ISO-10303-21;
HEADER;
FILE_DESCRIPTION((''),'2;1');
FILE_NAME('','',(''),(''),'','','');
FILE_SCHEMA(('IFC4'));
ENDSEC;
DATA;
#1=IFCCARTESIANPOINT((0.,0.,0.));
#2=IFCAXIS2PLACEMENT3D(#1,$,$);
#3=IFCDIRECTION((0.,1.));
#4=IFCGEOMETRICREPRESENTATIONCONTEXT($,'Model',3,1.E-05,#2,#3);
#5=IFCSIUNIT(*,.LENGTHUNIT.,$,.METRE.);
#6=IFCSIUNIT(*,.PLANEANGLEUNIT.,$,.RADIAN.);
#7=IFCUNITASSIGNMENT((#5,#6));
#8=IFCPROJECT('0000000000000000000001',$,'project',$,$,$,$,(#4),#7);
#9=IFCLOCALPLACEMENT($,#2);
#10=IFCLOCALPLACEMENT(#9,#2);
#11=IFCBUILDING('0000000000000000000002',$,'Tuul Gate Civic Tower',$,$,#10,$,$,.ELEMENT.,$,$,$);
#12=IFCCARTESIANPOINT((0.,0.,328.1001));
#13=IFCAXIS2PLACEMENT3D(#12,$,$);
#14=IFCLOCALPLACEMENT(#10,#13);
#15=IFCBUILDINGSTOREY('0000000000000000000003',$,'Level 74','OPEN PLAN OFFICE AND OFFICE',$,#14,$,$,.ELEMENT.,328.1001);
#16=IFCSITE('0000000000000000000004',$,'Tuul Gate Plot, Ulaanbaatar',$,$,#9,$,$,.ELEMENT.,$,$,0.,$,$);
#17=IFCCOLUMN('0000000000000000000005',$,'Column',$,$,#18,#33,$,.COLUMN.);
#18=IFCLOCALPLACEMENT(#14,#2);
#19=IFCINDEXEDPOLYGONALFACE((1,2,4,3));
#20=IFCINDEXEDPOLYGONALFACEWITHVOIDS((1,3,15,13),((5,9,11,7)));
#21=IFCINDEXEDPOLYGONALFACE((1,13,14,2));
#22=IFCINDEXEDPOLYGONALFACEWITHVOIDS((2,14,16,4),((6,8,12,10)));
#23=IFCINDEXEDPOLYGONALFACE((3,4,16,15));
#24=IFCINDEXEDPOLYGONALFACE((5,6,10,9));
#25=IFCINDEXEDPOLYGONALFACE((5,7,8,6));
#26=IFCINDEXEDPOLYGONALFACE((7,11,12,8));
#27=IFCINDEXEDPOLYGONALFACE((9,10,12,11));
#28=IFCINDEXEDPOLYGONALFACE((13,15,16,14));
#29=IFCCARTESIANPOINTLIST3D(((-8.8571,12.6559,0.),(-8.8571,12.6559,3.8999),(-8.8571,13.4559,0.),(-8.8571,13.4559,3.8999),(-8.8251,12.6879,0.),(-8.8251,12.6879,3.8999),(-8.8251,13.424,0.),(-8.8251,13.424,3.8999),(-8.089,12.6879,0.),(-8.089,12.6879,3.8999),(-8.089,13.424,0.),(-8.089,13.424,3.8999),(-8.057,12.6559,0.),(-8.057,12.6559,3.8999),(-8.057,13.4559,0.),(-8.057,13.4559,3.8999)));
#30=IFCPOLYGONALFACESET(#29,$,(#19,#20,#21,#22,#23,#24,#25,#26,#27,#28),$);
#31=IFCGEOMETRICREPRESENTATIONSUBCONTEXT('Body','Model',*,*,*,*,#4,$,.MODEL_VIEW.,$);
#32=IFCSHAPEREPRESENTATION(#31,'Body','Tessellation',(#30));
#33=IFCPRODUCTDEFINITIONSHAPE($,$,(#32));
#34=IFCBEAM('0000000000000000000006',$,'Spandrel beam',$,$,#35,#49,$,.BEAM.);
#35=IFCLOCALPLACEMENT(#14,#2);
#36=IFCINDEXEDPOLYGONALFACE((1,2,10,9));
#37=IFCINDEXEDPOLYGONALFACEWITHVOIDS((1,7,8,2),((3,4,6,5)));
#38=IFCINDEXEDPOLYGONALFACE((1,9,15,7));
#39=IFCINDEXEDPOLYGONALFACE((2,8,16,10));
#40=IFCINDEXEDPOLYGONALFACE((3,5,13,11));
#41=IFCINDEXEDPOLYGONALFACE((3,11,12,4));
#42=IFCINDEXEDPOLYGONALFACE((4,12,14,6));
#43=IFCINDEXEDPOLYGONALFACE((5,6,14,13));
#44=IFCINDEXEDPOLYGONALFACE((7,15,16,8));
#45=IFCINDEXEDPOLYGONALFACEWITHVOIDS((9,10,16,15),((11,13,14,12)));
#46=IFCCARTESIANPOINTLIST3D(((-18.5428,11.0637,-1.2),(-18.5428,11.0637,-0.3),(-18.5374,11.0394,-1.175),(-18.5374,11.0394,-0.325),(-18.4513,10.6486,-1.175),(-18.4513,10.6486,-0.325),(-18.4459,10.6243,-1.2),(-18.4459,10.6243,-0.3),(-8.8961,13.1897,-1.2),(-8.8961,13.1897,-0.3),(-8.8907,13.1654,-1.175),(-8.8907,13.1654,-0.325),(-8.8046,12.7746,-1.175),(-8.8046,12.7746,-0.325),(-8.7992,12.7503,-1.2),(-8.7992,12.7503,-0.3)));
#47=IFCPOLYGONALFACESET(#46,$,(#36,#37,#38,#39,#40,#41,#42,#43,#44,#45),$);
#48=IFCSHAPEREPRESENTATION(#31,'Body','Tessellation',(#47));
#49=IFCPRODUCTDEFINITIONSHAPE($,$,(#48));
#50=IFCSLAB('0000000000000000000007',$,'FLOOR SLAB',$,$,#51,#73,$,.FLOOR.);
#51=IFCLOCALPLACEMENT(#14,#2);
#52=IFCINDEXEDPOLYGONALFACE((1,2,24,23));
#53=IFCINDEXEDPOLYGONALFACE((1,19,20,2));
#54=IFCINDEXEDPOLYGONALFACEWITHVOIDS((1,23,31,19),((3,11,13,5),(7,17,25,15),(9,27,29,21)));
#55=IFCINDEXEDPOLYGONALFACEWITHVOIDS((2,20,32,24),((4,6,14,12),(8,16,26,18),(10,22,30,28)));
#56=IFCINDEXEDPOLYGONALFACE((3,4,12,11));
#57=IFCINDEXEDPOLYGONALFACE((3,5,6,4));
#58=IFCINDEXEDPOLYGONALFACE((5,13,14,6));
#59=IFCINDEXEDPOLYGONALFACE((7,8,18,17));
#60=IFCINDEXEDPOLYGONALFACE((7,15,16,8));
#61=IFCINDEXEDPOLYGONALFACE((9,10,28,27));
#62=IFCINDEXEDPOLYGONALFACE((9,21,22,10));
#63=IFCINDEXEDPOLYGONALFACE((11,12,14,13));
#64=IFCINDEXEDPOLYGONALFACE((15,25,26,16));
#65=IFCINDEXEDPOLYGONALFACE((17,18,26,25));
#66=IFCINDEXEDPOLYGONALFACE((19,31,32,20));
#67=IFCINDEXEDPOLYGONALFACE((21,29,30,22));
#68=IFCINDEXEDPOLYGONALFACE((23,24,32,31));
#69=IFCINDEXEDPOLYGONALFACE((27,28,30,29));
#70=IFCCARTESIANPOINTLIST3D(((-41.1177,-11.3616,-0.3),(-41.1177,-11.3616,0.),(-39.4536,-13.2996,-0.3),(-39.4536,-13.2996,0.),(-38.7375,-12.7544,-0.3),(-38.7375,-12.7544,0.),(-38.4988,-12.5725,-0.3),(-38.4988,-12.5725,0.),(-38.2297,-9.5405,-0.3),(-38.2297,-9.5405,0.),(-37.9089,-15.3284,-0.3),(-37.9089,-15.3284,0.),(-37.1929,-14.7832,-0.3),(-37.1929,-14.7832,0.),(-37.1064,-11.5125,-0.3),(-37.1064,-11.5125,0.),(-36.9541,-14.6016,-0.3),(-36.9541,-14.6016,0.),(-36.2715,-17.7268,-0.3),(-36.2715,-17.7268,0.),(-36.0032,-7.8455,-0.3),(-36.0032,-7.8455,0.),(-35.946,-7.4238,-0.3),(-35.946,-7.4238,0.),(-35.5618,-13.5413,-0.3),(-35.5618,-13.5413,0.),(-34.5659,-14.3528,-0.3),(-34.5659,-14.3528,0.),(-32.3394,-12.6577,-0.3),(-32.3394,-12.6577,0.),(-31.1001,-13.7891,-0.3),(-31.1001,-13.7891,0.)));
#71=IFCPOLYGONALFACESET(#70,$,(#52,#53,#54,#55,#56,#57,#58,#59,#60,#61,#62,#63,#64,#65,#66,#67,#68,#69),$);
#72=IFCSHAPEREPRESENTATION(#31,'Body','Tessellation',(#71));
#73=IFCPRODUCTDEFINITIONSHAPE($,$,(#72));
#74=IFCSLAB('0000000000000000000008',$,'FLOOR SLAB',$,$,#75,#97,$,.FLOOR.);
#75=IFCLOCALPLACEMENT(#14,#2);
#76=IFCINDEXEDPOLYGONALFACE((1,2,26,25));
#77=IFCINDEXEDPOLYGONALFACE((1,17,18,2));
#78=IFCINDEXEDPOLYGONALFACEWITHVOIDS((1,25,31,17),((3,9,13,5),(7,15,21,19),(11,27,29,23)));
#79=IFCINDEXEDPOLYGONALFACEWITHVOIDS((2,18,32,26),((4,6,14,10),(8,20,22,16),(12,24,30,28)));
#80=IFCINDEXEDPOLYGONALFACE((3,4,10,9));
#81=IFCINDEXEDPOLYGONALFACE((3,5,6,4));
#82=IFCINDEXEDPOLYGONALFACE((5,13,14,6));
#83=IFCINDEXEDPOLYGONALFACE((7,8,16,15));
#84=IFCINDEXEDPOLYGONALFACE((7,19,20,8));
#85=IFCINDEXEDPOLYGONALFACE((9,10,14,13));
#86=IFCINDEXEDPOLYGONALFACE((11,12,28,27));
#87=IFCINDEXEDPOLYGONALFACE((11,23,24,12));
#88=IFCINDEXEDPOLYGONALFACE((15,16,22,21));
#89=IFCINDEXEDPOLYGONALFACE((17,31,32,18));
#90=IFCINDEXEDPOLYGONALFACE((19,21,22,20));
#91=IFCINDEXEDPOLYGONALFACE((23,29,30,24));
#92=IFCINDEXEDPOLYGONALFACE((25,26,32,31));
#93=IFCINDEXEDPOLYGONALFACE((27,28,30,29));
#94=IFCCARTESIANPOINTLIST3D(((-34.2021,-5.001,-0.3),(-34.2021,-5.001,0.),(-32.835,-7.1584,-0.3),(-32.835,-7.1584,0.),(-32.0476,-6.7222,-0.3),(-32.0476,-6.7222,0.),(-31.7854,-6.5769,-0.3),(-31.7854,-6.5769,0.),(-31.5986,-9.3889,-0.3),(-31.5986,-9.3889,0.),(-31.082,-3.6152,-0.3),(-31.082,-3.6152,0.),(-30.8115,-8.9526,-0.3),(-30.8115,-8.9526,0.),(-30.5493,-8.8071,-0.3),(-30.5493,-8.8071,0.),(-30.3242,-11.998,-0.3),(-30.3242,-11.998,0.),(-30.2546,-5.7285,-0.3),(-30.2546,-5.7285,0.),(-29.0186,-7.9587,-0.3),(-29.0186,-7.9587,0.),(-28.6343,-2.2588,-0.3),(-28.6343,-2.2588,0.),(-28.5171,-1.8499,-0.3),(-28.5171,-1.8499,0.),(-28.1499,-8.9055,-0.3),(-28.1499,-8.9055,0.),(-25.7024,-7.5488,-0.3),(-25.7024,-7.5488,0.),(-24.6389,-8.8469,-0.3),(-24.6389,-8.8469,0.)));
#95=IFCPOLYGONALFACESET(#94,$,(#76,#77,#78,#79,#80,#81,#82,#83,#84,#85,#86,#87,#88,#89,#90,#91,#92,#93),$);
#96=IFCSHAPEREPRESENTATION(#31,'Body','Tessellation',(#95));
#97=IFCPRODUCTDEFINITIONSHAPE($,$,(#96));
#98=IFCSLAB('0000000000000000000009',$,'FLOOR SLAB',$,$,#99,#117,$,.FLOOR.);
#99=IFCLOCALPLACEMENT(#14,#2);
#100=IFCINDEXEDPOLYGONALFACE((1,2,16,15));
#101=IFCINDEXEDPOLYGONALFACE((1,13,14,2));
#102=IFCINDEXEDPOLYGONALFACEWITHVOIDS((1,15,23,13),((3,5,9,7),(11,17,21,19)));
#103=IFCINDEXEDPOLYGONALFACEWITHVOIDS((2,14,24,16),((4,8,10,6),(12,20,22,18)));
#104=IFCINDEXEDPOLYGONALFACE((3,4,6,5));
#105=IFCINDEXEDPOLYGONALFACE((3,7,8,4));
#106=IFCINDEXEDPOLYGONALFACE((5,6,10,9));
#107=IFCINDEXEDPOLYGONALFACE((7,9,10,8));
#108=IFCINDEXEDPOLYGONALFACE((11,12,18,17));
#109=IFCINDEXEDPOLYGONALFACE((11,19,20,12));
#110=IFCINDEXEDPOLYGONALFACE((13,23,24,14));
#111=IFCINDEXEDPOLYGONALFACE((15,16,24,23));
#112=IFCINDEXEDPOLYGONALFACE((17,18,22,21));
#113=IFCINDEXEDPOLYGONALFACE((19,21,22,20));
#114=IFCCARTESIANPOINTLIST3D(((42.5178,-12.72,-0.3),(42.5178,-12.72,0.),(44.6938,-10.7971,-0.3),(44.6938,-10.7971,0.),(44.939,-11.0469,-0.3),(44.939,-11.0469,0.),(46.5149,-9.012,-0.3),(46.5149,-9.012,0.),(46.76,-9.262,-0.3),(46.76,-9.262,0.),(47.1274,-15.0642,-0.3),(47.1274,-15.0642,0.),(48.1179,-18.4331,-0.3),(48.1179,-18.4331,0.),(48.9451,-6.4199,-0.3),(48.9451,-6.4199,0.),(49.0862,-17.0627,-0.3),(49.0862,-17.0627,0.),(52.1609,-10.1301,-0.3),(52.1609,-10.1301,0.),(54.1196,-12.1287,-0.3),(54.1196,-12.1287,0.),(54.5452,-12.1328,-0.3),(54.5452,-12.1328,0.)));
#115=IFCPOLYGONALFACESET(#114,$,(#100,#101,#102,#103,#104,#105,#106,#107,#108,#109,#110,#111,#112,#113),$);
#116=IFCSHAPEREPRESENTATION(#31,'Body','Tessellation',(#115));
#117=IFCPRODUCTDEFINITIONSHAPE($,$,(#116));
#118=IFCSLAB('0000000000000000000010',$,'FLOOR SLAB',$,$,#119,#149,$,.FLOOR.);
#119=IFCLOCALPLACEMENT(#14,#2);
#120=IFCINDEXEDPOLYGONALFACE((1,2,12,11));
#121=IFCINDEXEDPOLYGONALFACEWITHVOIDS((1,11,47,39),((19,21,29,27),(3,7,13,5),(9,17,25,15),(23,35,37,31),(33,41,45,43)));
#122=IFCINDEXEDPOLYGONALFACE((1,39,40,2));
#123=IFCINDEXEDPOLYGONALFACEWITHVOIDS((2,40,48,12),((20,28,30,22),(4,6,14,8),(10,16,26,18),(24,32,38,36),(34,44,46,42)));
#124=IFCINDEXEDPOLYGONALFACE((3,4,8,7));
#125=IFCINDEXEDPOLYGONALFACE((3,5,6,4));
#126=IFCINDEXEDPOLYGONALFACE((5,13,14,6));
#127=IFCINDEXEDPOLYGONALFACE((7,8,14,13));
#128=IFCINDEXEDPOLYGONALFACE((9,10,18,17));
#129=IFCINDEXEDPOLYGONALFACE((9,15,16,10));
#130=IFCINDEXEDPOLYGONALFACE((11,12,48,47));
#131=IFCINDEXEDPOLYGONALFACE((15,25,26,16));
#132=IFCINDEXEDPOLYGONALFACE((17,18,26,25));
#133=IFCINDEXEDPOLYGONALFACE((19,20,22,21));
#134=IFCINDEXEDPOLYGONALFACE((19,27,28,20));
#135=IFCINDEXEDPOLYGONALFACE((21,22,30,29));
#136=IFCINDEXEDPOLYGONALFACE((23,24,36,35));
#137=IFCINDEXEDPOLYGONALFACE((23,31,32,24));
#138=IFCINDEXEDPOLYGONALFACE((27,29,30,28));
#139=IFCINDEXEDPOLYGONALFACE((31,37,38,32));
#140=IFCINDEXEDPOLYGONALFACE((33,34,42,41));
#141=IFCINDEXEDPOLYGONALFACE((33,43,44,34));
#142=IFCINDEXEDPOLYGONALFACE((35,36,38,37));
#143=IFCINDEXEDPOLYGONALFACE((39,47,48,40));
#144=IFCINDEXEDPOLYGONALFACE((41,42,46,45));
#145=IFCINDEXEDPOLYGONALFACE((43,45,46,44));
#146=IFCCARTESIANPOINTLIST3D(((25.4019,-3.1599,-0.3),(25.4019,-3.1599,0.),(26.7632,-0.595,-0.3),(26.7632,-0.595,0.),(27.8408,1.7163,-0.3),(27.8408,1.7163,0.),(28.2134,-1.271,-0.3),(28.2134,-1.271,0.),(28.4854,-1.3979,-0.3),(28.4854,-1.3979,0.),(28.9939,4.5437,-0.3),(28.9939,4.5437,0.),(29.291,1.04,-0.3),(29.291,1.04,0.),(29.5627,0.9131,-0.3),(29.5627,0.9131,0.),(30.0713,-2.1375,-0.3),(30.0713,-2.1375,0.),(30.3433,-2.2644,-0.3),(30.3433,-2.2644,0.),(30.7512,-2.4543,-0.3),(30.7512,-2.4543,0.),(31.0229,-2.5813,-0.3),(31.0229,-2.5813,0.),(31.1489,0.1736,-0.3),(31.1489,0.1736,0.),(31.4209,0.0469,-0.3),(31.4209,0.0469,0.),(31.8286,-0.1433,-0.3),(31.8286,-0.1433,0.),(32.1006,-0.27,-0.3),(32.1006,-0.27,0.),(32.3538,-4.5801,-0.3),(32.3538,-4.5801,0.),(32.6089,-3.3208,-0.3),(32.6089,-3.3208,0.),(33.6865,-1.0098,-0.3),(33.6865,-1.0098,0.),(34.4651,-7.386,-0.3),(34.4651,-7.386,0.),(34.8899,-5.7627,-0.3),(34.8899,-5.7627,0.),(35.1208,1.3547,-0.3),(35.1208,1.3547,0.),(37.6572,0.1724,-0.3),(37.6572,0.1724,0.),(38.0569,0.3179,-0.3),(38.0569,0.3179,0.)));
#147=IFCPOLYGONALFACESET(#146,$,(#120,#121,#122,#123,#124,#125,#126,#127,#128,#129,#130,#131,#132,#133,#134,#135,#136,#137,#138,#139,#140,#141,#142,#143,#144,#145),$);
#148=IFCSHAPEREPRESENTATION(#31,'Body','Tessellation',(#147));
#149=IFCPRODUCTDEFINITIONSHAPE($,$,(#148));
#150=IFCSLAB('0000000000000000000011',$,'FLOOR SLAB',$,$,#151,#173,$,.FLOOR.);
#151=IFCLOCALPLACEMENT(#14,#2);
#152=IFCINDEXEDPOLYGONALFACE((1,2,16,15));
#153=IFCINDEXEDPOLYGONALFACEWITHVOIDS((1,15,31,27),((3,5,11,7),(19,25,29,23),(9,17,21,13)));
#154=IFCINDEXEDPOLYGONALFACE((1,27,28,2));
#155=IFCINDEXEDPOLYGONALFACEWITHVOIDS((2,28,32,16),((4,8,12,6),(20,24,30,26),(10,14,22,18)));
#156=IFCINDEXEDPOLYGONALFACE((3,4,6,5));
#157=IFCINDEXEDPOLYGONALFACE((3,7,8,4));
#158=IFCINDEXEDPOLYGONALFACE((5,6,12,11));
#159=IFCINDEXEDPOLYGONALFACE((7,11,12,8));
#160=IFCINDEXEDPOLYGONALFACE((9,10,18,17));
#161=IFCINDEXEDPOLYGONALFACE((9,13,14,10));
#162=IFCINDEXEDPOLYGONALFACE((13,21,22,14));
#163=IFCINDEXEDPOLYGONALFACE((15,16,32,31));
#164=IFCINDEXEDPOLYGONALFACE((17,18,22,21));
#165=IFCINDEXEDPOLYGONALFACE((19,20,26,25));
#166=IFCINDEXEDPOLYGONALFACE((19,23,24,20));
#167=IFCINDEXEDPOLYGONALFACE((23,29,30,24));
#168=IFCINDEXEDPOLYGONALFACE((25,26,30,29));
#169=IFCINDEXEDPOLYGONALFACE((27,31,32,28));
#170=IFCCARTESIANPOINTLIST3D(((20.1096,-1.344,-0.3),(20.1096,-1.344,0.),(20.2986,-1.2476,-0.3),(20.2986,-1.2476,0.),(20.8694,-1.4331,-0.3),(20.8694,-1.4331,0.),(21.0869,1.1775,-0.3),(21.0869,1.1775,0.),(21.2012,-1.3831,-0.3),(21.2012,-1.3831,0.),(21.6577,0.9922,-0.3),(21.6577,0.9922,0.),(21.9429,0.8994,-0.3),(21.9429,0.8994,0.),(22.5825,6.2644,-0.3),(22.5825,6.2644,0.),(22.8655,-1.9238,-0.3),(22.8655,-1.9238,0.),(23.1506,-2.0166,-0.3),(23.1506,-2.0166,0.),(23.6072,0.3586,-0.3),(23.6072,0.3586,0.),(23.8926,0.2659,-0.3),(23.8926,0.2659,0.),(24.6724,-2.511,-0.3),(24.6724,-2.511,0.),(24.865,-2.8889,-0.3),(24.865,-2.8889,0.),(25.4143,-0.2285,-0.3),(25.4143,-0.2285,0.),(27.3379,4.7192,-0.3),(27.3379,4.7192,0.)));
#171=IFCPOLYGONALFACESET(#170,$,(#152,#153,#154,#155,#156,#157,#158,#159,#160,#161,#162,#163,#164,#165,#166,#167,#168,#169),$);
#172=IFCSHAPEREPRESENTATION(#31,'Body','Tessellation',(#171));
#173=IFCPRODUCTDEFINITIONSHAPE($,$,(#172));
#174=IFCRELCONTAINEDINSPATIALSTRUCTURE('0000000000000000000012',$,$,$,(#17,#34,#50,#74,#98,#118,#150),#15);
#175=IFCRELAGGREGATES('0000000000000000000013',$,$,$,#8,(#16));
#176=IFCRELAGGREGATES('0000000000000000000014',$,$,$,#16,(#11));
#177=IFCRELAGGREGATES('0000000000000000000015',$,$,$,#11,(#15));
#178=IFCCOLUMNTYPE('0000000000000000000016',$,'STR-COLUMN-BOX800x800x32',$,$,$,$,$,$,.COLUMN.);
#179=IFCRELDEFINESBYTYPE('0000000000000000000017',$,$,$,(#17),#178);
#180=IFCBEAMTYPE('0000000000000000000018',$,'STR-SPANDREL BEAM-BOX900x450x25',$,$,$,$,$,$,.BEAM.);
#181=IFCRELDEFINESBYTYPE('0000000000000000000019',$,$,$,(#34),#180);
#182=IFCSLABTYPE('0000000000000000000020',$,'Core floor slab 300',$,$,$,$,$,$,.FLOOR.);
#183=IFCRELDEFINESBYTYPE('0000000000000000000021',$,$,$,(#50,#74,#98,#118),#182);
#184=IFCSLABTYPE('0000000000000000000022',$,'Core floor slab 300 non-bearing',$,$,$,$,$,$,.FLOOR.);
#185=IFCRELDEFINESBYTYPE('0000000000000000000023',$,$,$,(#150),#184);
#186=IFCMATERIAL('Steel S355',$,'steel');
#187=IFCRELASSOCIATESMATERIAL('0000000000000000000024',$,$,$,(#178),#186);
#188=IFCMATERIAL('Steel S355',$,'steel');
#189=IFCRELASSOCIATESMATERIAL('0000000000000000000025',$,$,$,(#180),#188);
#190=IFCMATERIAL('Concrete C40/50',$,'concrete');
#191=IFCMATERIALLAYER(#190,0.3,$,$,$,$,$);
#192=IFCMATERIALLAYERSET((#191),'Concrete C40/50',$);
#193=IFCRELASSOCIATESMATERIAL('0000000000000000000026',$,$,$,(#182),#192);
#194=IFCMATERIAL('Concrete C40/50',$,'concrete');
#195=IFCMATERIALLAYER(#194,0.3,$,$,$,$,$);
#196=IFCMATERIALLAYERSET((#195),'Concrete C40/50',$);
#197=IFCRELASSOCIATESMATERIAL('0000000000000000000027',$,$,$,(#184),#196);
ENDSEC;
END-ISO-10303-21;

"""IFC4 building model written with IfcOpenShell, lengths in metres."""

from ifc_helpers import new_model, si_unit, direction, frame, origin, origin_2d, place, context, subcontext, project, spatial, polyline, hollow_rectangle, outline, extrude, material, layer, layer_set, material_profile, profile_set, type_object, element, save


model = new_model("IFC4")

# Units and contexts
model_context = context("Model", 3, precision=1e-05, world=origin(), true_north=direction((0.0, 1.0)))
body_context = subcontext(model_context, "Body", "Model", "MODEL_VIEW")
ifc_project = project(units=[si_unit("LENGTHUNIT", "METRE"), si_unit("PLANEANGLEUNIT", "RADIAN")], contexts=[model_context])

# Site, building, storey
site_placement = place(None, origin())
site = spatial("IfcSite", under=ifc_project, at=site_placement, Name="Tuul Gate Plot, Ulaanbaatar", CompositionType="ELEMENT", RefElevation=0.0)
building_placement = place(site_placement, origin())
building = spatial("IfcBuilding", under=site, at=building_placement, Name="Tuul Gate Civic Tower", CompositionType="ELEMENT")
storey_placement = place(building_placement, frame((0.0, 0.0, 328.1001)))
storey = spatial("IfcBuildingStorey", under=building, at=storey_placement, Name="Level 74", Description="OPEN PLAN OFFICE AND OFFICE", CompositionType="ELEMENT", Elevation=328.1001)

# Column
ifc_material_1 = material(Name="Steel S355", Category="steel")
ifc_material_profile_1 = material_profile(ifc_material_1, hollow_rectangle(XDim=0.8, YDim=0.8, WallThickness=0.032, at=origin_2d()), Name="BOX800x800x32")
ifc_profile_set_1 = profile_set([ifc_material_profile_1], Name="Steel S355")
column_type = type_object("IfcColumnType", Name="STR-COLUMN-BOX800x800x32", PredefinedType="COLUMN", material=ifc_profile_set_1)
column_placement = place(storey_placement, frame((-8.457, 13.0559, 0.0), z_axis=(0.0, 0.0, 1.0), x_axis=(1.0, 0.0, 0.0)))
element("IfcColumn", 1, at=column_placement, inside=storey, type_object=column_type, Name="Column", PredefinedType="COLUMN", context=body_context, shape_type="SweptSolid", body=[
    extrude(hollow_rectangle(XDim=0.8, YDim=0.8, WallThickness=0.032, at=origin_2d()), origin(), (0.0, 0.0, 1.0), 3.8999),
])

# Beam
ifc_material_2 = material(Name="Steel S355", Category="steel")
ifc_material_profile_2 = material_profile(ifc_material_2, hollow_rectangle(XDim=0.45, YDim=0.8999, WallThickness=0.0249, at=origin_2d()), Name="BOX900x450x25")
ifc_profile_set_2 = profile_set([ifc_material_profile_2], Name="Steel S355")
beam_type = type_object("IfcBeamType", Name="STR-SPANDREL BEAM-BOX900x450x25", PredefinedType="BEAM", material=ifc_profile_set_2)
beam_placement = place(storey_placement, frame((-8.8477, 12.97, -0.75), z_axis=(-0.976566, -0.215219, 0.0), x_axis=(0.215219, -0.976566, 0.0)))
element("IfcBeam", 2, at=beam_placement, inside=storey, type_object=beam_type, Name="Spandrel beam", PredefinedType="BEAM", context=body_context, shape_type="SweptSolid", body=[
    extrude(hollow_rectangle(XDim=0.45, YDim=0.8999, WallThickness=0.0249, at=origin_2d()), origin(), (0.0, 0.0, 1.0), 9.8782),
])

# Slabs
ifc_material_3 = material(Name="Concrete C40/50", Category="concrete")
ifc_layer_1 = layer(ifc_material_3, 0.3)
ifc_layer_set_1 = layer_set([ifc_layer_1], Name="Concrete C40/50")
slab_type_1 = type_object("IfcSlabType", Name="Core floor slab 300", PredefinedType="FLOOR", material=ifc_layer_set_1)
slab_1_placement = place(storey_placement, frame((0.0, 0.0, -0.3)))
element("IfcSlab", 3, at=slab_1_placement, inside=storey, type_object=slab_type_1, Name="FLOOR SLAB", PredefinedType="FLOOR", context=body_context, shape_type="SweptSolid", body=[
    extrude(outline(polyline([(-31.1001, -13.7891), (-35.946, -7.4238), (-41.1177, -11.3616), (-36.2715, -17.7268), (-31.1001, -13.7891)]), holes=[polyline([(-35.5618, -13.5413), (-37.1064, -11.5125), (-38.4988, -12.5725), (-36.9541, -14.6016), (-35.5618, -13.5413)]), polyline([(-37.1929, -14.7832), (-38.7375, -12.7544), (-39.4536, -13.2996), (-37.9089, -15.3284), (-37.1929, -14.7832)]), polyline([(-32.3394, -12.6577), (-34.5659, -14.3528), (-38.2297, -9.5405), (-36.0032, -7.8455), (-32.3394, -12.6577)])]), origin(), (0.0, 0.0, 1.0), 0.3),
])
slab_2_placement = place(storey_placement, frame((0.0, 0.0, -0.3)))
element("IfcSlab", 4, at=slab_2_placement, inside=storey, type_object=slab_type_1, Name="FLOOR SLAB", PredefinedType="FLOOR", context=body_context, shape_type="SweptSolid", body=[
    extrude(outline(polyline([(-24.6389, -8.8469), (-28.5171, -1.8499), (-34.2021, -5.001), (-30.3242, -11.998), (-24.6389, -8.8469)]), holes=[polyline([(-29.0186, -7.9587), (-30.2546, -5.7285), (-31.7854, -6.5769), (-30.5493, -8.8071), (-29.0186, -7.9587)]), polyline([(-30.8115, -8.9526), (-32.0476, -6.7222), (-32.835, -7.1584), (-31.5986, -9.3889), (-30.8115, -8.9526)]), polyline([(-25.7024, -7.5488), (-28.1499, -8.9055), (-31.082, -3.6152), (-28.6343, -2.2588), (-25.7024, -7.5488)])]), origin(), (0.0, 0.0, 1.0), 0.3),
])
slab_3_placement = place(storey_placement, frame((0.0, 0.0, -0.3)))
element("IfcSlab", 5, at=slab_3_placement, inside=storey, type_object=slab_type_1, Name="FLOOR SLAB", PredefinedType="FLOOR", context=body_context, shape_type="SweptSolid", body=[
    extrude(outline(polyline([(48.1179, -18.4331), (54.5452, -12.1328), (48.9451, -6.4199), (42.5178, -12.72), (48.1179, -18.4331)]), holes=[polyline([(44.939, -11.0469), (46.76, -9.262), (46.5149, -9.012), (44.6938, -10.7971), (44.939, -11.0469)]), polyline([(49.0862, -17.0627), (47.1274, -15.0642), (52.1609, -10.1301), (54.1196, -12.1287), (49.0862, -17.0627)])]), origin(), (0.0, 0.0, 1.0), 0.3),
])
slab_4_placement = place(storey_placement, frame((0.0, 0.0, -0.3)))
element("IfcSlab", 6, at=slab_4_placement, inside=storey, type_object=slab_type_1, Name="FLOOR SLAB", PredefinedType="FLOOR", context=body_context, shape_type="SweptSolid", body=[
    extrude(outline(polyline([(34.4651, -7.386), (38.0569, 0.3179), (28.9939, 4.5437), (25.4019, -3.1599), (34.4651, -7.386)]), holes=[polyline([(32.6089, -3.3208), (33.6865, -1.0098), (32.1006, -0.27), (31.0229, -2.5813), (32.6089, -3.3208)]), polyline([(30.0713, -2.1375), (31.1489, 0.1736), (29.5627, 0.9131), (28.4854, -1.3979), (30.0713, -2.1375)]), polyline([(30.7512, -2.4543), (31.8286, -0.1433), (31.4209, 0.0469), (30.3433, -2.2644), (30.7512, -2.4543)]), polyline([(28.2134, -1.271), (29.291, 1.04), (27.8408, 1.7163), (26.7632, -0.595), (28.2134, -1.271)]), polyline([(34.8899, -5.7627), (32.3538, -4.5801), (35.1208, 1.3547), (37.6572, 0.1724), (34.8899, -5.7627)])]), origin(), (0.0, 0.0, 1.0), 0.3),
])
ifc_material_4 = material(Name="Concrete C40/50", Category="concrete")
ifc_layer_2 = layer(ifc_material_4, 0.3)
ifc_layer_set_2 = layer_set([ifc_layer_2], Name="Concrete C40/50")
slab_type_2 = type_object("IfcSlabType", Name="Core floor slab 300 non-bearing", PredefinedType="FLOOR", material=ifc_layer_set_2)
slab_5_placement = place(storey_placement, frame((0.0, 0.0, -0.3)))
element("IfcSlab", 7, at=slab_5_placement, inside=storey, type_object=slab_type_2, Name="FLOOR SLAB", PredefinedType="FLOOR", context=body_context, shape_type="SweptSolid", body=[
    extrude(outline(polyline([(24.865, -2.8889), (27.3379, 4.7192), (22.5825, 6.2644), (20.1096, -1.344), (24.865, -2.8889)]), holes=[polyline([(24.6724, -2.511), (25.4143, -0.2285), (23.8926, 0.2659), (23.1506, -2.0166), (24.6724, -2.511)]), polyline([(22.8655, -1.9238), (23.6072, 0.3586), (21.9429, 0.8994), (21.2012, -1.3831), (22.8655, -1.9238)]), polyline([(20.8694, -1.4331), (21.6577, 0.9922), (21.0869, 1.1775), (20.2986, -1.2476), (20.8694, -1.4331)])]), origin(), (0.0, 0.0, 1.0), 0.3),
])

save(model, "model.ifc")
